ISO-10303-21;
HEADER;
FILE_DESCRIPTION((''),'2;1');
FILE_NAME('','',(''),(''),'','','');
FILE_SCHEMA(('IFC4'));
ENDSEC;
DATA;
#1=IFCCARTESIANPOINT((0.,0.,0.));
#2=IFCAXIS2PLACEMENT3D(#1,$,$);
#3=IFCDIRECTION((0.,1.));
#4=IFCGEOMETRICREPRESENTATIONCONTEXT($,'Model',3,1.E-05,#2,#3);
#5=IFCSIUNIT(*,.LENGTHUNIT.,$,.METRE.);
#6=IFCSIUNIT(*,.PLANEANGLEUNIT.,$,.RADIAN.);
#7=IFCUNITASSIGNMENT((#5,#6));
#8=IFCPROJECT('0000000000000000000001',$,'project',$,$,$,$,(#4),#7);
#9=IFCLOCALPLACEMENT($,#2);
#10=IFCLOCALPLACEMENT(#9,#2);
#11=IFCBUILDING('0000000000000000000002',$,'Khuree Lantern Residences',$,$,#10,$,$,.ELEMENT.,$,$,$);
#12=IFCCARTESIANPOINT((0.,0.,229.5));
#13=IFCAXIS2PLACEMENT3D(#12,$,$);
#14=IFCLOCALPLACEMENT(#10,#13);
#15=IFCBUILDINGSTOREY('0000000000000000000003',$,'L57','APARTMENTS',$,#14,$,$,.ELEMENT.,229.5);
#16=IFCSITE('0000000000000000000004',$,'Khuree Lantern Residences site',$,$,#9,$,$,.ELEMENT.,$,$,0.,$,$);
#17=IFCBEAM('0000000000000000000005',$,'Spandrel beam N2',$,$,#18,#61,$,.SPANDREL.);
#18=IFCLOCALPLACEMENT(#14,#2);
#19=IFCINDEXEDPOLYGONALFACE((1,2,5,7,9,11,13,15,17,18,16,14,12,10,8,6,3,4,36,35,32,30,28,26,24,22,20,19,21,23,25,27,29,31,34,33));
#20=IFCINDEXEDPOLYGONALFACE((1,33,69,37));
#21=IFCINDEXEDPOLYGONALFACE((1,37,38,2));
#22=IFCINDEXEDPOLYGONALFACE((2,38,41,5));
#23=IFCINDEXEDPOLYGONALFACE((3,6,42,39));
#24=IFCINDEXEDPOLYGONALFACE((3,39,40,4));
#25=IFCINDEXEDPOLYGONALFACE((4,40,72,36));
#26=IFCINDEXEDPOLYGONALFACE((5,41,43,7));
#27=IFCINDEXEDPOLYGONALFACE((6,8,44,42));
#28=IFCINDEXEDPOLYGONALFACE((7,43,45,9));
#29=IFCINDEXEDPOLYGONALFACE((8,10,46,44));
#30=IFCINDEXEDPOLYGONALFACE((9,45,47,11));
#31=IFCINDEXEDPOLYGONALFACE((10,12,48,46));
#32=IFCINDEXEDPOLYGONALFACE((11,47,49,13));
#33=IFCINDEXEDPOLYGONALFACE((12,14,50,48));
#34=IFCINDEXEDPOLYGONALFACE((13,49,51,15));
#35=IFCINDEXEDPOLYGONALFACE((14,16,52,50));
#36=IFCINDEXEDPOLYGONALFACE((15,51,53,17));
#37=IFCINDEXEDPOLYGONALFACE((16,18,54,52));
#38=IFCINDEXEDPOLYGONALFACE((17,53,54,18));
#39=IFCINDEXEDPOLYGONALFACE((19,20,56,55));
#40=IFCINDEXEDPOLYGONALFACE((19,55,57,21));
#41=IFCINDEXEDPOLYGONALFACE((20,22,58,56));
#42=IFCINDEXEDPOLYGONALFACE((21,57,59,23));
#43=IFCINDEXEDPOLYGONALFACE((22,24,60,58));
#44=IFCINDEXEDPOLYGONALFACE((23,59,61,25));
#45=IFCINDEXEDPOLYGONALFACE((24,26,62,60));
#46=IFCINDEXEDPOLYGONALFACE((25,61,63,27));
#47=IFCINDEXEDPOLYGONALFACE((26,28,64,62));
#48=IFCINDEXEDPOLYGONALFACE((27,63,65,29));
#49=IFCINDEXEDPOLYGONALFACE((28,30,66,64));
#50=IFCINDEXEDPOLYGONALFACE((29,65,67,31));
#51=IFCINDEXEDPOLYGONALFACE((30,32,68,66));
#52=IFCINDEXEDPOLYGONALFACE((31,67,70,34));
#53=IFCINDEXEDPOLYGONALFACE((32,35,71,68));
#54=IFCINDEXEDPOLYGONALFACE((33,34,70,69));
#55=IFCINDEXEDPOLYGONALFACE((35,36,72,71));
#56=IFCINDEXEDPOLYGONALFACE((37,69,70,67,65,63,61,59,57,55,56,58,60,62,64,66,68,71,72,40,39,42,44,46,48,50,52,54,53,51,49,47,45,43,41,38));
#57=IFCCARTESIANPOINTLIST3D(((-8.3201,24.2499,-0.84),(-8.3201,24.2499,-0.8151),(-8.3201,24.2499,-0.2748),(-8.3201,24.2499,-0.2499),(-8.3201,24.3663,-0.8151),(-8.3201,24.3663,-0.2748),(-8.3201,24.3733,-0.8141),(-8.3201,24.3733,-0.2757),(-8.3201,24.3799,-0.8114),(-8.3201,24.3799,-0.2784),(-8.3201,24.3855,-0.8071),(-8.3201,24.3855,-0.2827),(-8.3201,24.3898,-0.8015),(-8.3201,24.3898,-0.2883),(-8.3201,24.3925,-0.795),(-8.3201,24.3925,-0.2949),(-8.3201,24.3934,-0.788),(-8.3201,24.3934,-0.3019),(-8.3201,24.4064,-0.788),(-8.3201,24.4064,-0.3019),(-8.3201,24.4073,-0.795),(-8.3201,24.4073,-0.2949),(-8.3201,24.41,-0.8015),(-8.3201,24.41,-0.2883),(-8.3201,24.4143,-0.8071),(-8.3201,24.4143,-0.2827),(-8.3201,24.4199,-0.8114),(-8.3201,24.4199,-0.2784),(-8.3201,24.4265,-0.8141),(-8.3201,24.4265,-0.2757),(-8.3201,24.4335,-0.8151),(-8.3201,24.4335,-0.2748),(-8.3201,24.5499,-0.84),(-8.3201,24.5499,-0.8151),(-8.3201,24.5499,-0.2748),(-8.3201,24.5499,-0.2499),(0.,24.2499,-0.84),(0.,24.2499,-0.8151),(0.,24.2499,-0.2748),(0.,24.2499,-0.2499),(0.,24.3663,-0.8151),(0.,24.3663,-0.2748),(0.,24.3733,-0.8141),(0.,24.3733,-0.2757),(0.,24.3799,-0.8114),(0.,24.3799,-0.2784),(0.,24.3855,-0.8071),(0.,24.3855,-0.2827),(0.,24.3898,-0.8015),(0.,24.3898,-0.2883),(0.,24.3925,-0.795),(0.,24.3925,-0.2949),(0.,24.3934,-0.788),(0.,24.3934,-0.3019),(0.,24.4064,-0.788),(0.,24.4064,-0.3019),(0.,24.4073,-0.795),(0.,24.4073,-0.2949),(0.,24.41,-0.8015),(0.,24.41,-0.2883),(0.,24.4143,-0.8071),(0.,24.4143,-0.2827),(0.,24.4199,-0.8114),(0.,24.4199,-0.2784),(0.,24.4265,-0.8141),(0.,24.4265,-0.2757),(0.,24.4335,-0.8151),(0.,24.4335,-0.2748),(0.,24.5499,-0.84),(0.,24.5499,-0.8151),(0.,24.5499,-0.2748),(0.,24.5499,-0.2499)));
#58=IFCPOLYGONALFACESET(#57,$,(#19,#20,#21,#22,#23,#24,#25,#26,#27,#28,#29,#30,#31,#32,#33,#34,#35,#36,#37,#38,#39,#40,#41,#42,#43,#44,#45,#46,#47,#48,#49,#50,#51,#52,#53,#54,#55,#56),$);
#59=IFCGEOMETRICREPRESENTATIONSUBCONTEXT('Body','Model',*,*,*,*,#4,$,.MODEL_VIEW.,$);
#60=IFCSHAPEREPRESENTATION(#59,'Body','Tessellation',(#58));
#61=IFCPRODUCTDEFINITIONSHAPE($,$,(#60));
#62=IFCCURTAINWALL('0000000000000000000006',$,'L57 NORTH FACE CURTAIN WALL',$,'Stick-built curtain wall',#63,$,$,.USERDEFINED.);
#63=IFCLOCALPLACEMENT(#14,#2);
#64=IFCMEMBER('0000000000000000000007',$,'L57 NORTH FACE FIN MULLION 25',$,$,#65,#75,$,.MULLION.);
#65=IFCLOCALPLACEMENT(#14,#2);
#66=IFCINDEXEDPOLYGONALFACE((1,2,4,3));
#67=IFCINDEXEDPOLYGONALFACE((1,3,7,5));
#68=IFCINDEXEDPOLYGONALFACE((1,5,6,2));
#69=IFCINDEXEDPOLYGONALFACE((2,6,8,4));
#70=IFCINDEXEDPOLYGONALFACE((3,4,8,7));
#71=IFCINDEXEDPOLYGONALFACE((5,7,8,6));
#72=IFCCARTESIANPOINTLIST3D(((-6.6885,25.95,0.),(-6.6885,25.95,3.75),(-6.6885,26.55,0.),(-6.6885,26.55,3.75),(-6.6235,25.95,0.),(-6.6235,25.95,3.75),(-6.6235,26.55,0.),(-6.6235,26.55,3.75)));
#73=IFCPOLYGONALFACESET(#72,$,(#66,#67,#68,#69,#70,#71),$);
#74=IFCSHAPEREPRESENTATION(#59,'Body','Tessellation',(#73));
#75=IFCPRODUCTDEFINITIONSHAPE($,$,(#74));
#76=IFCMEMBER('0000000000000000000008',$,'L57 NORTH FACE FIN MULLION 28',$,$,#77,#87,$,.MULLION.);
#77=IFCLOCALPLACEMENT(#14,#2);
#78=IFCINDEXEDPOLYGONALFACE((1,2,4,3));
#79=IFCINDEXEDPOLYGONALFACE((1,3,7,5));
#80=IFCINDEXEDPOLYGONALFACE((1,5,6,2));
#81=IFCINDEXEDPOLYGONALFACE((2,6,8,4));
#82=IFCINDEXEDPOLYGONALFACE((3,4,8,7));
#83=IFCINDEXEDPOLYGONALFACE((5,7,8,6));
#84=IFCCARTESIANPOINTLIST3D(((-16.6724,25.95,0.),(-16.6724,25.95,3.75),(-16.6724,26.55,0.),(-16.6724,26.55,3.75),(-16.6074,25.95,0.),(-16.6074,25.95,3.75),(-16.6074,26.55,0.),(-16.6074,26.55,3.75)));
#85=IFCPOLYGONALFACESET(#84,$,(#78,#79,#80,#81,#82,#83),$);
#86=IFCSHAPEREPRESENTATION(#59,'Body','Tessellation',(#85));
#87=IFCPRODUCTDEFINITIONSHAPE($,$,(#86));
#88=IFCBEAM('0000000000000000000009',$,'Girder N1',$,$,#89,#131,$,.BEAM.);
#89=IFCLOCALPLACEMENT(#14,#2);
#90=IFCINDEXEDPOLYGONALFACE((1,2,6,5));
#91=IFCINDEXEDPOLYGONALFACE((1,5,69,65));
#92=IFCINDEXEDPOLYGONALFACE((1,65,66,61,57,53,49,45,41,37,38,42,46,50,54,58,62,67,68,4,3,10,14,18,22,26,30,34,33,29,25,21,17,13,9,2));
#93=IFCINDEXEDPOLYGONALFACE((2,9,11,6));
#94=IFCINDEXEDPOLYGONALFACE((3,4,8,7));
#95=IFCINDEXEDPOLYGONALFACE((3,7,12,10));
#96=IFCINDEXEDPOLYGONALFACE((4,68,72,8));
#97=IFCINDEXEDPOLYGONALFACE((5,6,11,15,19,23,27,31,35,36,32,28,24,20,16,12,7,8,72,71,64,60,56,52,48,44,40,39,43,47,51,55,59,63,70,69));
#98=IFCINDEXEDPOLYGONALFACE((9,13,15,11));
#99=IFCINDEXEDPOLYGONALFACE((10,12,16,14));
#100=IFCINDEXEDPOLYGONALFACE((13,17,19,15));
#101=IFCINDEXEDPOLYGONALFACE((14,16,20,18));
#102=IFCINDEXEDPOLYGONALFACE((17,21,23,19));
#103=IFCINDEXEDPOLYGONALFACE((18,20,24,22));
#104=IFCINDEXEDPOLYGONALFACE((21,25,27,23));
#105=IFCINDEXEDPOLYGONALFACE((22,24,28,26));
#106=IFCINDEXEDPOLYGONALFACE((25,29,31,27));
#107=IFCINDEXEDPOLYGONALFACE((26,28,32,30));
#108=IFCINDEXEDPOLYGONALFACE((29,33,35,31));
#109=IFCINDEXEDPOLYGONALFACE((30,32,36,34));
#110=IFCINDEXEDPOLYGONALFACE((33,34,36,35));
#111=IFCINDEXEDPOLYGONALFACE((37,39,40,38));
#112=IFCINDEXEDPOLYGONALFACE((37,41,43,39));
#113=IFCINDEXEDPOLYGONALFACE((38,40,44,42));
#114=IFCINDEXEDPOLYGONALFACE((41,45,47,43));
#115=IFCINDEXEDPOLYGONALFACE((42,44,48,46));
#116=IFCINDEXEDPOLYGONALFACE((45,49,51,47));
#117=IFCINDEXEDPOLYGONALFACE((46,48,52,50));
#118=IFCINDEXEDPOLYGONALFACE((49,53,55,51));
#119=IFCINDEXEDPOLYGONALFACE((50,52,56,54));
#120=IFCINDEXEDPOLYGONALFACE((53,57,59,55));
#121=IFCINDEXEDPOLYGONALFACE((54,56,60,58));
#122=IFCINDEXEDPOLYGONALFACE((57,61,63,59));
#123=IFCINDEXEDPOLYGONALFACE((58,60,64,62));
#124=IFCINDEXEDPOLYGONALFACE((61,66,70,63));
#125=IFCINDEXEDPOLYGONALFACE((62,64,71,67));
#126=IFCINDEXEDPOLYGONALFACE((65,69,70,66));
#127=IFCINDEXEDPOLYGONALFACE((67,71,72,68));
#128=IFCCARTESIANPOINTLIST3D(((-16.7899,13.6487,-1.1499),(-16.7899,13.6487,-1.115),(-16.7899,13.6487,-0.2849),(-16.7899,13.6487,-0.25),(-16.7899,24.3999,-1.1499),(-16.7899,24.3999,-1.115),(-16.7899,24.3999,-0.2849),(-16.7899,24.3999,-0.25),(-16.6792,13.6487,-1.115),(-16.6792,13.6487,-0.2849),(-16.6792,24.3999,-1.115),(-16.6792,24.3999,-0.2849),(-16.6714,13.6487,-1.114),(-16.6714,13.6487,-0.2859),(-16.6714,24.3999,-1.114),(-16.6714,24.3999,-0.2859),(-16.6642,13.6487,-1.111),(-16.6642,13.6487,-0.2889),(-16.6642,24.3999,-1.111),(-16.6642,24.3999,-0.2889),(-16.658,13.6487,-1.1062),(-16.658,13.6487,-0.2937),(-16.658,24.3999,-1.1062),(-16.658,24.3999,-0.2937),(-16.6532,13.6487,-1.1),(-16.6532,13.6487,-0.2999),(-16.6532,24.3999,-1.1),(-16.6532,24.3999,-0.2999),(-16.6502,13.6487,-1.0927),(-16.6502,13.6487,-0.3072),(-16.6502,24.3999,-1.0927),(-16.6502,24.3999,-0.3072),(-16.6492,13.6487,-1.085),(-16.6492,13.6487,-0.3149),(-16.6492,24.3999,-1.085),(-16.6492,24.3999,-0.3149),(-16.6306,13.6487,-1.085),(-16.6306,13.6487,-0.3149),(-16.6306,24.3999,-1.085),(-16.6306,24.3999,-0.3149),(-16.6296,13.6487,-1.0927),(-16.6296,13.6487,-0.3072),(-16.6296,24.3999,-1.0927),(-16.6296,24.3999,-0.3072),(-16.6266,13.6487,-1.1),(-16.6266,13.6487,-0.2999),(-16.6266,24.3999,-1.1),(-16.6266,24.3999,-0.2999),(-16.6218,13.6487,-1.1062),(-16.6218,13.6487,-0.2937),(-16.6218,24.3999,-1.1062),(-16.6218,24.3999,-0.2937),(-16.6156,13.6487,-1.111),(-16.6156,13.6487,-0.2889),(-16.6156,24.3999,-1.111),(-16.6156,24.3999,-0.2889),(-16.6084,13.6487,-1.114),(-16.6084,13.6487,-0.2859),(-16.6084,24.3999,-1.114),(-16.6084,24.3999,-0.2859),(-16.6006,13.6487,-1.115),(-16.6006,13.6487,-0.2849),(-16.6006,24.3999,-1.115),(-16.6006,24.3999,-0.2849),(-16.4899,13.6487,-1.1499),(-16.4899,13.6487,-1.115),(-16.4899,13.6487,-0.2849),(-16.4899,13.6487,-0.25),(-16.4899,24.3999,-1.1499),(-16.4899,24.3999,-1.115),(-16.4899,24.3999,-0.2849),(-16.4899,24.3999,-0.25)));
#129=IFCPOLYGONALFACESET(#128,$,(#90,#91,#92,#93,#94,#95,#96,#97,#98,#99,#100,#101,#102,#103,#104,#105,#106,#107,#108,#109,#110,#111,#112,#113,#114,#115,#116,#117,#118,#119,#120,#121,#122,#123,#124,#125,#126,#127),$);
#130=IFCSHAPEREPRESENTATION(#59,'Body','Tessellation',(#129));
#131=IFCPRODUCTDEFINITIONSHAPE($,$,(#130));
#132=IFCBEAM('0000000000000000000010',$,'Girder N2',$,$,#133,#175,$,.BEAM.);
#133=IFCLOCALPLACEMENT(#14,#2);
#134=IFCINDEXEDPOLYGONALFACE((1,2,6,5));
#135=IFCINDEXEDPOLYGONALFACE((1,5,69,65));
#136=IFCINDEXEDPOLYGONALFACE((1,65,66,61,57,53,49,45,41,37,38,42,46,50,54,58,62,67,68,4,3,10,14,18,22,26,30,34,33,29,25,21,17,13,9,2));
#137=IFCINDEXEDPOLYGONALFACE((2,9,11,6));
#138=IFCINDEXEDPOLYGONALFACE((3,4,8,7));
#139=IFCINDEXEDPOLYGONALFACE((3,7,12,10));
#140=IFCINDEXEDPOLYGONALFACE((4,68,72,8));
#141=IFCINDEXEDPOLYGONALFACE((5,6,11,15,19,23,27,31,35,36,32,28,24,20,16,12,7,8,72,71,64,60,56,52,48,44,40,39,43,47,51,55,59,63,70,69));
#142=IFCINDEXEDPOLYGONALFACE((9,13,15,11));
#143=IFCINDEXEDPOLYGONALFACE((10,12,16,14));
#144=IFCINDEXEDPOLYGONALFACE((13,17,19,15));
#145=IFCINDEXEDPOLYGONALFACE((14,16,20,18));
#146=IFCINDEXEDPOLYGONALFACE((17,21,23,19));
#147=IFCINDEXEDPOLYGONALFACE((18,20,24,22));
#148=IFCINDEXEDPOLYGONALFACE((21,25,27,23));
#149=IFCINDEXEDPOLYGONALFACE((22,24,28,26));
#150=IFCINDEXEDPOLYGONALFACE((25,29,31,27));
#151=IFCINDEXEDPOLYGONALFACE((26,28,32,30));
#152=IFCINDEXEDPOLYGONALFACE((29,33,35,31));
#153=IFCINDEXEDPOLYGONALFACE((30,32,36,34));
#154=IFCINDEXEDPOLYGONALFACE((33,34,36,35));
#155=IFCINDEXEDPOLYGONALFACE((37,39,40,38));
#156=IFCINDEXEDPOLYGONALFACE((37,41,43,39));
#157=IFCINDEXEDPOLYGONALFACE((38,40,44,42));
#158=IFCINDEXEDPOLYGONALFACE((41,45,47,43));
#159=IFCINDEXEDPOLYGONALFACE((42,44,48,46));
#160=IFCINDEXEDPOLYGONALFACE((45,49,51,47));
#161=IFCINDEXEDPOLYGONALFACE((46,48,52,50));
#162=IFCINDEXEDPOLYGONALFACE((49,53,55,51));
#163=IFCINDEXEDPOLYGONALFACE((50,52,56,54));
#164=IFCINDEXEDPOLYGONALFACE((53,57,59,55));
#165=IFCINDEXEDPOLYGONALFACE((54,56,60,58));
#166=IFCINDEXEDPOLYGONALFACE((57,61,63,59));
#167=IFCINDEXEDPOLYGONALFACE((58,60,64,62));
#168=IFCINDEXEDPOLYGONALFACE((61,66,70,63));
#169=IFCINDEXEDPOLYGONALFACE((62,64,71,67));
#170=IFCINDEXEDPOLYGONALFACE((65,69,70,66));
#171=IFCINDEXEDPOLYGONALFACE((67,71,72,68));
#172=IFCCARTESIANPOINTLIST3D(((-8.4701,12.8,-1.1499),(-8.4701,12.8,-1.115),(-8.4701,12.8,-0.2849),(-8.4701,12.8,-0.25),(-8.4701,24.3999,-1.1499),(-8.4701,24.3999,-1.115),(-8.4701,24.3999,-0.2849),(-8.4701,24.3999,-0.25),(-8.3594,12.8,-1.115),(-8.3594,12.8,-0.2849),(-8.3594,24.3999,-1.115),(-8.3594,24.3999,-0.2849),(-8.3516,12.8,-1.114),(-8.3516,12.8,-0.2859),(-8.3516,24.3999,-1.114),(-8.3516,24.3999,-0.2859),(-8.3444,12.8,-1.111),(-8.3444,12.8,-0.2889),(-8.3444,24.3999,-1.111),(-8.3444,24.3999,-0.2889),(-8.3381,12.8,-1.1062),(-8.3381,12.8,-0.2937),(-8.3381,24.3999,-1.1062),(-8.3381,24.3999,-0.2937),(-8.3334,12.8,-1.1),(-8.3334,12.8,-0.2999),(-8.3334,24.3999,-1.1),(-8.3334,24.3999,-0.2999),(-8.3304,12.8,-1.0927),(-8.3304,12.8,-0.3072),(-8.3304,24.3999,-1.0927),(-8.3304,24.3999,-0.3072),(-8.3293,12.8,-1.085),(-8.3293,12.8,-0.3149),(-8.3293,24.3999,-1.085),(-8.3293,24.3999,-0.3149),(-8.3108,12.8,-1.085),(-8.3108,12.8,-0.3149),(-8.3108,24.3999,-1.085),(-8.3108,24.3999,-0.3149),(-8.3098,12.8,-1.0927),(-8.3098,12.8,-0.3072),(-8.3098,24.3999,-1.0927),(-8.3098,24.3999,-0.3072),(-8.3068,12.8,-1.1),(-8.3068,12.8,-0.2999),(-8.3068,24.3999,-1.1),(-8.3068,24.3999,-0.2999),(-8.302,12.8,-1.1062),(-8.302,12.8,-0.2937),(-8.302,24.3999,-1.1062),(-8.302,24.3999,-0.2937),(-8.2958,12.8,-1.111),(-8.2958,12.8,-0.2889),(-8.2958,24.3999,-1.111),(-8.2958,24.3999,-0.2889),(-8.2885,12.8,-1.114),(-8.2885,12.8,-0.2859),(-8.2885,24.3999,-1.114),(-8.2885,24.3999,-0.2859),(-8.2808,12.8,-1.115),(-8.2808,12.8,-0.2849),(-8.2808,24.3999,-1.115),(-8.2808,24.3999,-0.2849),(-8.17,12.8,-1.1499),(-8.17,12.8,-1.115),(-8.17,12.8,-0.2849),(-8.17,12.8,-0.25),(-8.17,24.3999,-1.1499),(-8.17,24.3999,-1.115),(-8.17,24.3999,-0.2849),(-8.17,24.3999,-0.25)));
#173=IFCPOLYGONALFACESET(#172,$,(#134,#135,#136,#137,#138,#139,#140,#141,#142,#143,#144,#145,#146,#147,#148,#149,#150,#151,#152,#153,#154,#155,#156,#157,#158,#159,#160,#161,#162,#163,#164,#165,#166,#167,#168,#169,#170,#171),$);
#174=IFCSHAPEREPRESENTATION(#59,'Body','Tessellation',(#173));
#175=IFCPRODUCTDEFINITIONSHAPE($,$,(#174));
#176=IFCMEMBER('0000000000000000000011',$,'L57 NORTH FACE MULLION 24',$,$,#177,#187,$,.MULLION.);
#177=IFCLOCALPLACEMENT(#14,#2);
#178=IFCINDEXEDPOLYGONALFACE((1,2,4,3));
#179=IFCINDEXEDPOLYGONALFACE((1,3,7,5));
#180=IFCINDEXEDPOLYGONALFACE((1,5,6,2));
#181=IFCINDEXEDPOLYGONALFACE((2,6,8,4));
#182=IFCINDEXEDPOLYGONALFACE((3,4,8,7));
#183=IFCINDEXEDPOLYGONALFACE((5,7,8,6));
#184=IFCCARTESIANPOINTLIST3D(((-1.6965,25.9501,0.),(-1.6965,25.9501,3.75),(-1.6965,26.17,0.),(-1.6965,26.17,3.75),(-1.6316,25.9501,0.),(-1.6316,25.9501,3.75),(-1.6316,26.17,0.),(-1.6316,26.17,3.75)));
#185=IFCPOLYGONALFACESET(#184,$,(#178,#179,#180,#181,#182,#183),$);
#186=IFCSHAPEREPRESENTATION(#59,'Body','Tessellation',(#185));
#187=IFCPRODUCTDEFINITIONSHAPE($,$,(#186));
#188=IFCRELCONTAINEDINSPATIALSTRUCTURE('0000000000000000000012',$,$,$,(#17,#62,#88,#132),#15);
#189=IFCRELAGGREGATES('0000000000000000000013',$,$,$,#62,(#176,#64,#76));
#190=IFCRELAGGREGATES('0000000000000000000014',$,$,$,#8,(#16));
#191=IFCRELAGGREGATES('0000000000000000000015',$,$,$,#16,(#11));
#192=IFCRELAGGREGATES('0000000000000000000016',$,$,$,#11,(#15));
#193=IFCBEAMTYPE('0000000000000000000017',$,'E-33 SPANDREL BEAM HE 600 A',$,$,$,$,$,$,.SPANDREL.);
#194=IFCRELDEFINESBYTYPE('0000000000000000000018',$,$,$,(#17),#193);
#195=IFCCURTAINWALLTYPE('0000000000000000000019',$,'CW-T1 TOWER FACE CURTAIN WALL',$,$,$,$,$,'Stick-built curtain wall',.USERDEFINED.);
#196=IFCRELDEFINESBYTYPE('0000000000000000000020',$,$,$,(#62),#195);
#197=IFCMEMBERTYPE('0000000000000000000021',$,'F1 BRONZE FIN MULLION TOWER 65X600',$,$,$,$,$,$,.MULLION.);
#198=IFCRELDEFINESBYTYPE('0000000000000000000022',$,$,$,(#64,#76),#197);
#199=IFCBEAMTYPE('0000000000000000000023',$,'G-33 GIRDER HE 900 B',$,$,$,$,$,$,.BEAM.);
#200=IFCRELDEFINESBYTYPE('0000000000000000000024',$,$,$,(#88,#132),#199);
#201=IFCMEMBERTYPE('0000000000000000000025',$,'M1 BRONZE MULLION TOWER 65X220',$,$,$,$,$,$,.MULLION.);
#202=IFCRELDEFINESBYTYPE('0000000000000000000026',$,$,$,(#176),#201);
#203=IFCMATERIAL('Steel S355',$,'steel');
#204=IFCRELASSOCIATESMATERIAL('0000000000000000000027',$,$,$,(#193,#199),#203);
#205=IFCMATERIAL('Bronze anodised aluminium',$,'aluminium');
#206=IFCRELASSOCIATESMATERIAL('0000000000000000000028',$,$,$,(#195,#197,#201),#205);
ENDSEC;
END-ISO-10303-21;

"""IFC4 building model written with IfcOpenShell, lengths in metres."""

from ifc_helpers import new_model, si_unit, direction, frame, origin, origin_2d, place, context, subcontext, project, spatial, rectangle, i_section, extrude, material, material_profile, profile_set, type_object, element, aggregate, save


model = new_model("IFC4")

# Units and contexts
model_context = context("Model", 3, precision=1e-05, world=origin(), true_north=direction((0.0, 1.0)))
body_context = subcontext(model_context, "Body", "Model", "MODEL_VIEW")
ifc_project = project(units=[si_unit("LENGTHUNIT", "METRE"), si_unit("PLANEANGLEUNIT", "RADIAN")], contexts=[model_context])

# Site, building, storey
site_placement = place(None, origin())
site = spatial("IfcSite", under=ifc_project, at=site_placement, Name="Khuree Lantern Residences site", CompositionType="ELEMENT", RefElevation=0.0)
building_placement = place(site_placement, origin())
building = spatial("IfcBuilding", under=site, at=building_placement, Name="Khuree Lantern Residences", CompositionType="ELEMENT")
storey_placement = place(building_placement, frame((0.0, 0.0, 229.5)))
storey = spatial("IfcBuildingStorey", under=building, at=storey_placement, Name="L57", Description="APARTMENTS", CompositionType="ELEMENT", Elevation=229.5)

# Beam
ifc_material_1 = material(Name="Steel S355", Category="steel")
ifc_material_profile_1 = material_profile(ifc_material_1, i_section(OverallWidth=0.3, OverallDepth=0.5901, WebThickness=0.0129, FlangeThickness=0.0249, FilletRadius=0.0271, at=origin_2d()), Name="HE 600 A")
ifc_profile_set_1 = profile_set([ifc_material_profile_1], Name="Steel S355")
beam_type_1 = type_object("IfcBeamType", Name="E-33 SPANDREL BEAM HE 600 A", PredefinedType="SPANDREL", material=ifc_profile_set_1)
beam_1_placement = place(storey_placement, frame((-8.3201, 24.3999, -0.5449), z_axis=(1.0, 0.0, 0.0), x_axis=(0.0, 1.0, 0.0)))
element("IfcBeam", 1, at=beam_1_placement, inside=storey, type_object=beam_type_1, Name="Spandrel beam N2", PredefinedType="SPANDREL", context=body_context, shape_type="SweptSolid", body=[
    extrude(i_section(OverallWidth=0.3, OverallDepth=0.5901, WebThickness=0.0129, FlangeThickness=0.0249, FilletRadius=0.0271, at=origin_2d()), origin(), (0.0, 0.0, 1.0), 8.3201),
])

# Curtain wall, members
ifc_material_2 = material(Name="Bronze anodised aluminium", Category="aluminium")
curtain_wall_type = type_object("IfcCurtainWallType", Name="CW-T1 TOWER FACE CURTAIN WALL", ElementType="Stick-built curtain wall", PredefinedType="USERDEFINED", material=ifc_material_2)
curtain_wall_placement = place(storey_placement, origin())
curtain_wall = element("IfcCurtainWall", 2, at=curtain_wall_placement, inside=storey, type_object=curtain_wall_type, Name="L57 NORTH FACE CURTAIN WALL", ObjectType="Stick-built curtain wall", PredefinedType="USERDEFINED")
ifc_material_profile_2 = material_profile(ifc_material_2, rectangle(XDim=0.0649, YDim=0.6001, at=origin_2d()), Name="F1 65X600")
ifc_profile_set_2 = profile_set([ifc_material_profile_2], Name="Bronze anodised aluminium")
member_type_1 = type_object("IfcMemberType", Name="F1 BRONZE FIN MULLION TOWER 65X600", PredefinedType="MULLION", material=ifc_profile_set_2)
member_1_placement = place(storey_placement, frame((-6.656, 26.25, 0.0), z_axis=(0.0, 0.0, 1.0), x_axis=(-1.0, 0.0, 0.0)))
member_1 = element("IfcMember", 3, at=member_1_placement, type_object=member_type_1, Name="L57 NORTH FACE FIN MULLION 25", PredefinedType="MULLION", context=body_context, shape_type="SweptSolid", body=[
    extrude(rectangle(XDim=0.0649, YDim=0.6001, at=origin_2d()), origin(), (0.0, 0.0, 1.0), 3.75),
])
member_2_placement = place(storey_placement, frame((-16.6399, 26.25, 0.0), z_axis=(0.0, 0.0, 1.0), x_axis=(-1.0, 0.0, 0.0)))
member_2 = element("IfcMember", 4, at=member_2_placement, type_object=member_type_1, Name="L57 NORTH FACE FIN MULLION 28", PredefinedType="MULLION", context=body_context, shape_type="SweptSolid", body=[
    extrude(rectangle(XDim=0.0649, YDim=0.6001, at=origin_2d()), origin(), (0.0, 0.0, 1.0), 3.75),
])

# Beams
ifc_material_profile_3 = material_profile(ifc_material_1, i_section(OverallWidth=0.3, OverallDepth=0.8999, WebThickness=0.0186, FlangeThickness=0.0349, FilletRadius=0.03, at=origin_2d()), Name="HE 900 B")
ifc_profile_set_3 = profile_set([ifc_material_profile_3], Name="Steel S355")
beam_type_2 = type_object("IfcBeamType", Name="G-33 GIRDER HE 900 B", PredefinedType="BEAM", material=ifc_profile_set_3)
beam_2_placement = place(storey_placement, frame((-16.6399, 24.3999, -0.7), z_axis=(0.0, -1.0, 0.0), x_axis=(1.0, 0.0, 0.0)))
element("IfcBeam", 5, at=beam_2_placement, inside=storey, type_object=beam_type_2, Name="Girder N1", PredefinedType="BEAM", context=body_context, shape_type="SweptSolid", body=[
    extrude(i_section(OverallWidth=0.3, OverallDepth=0.8999, WebThickness=0.0186, FlangeThickness=0.0349, FilletRadius=0.03, at=origin_2d()), origin(), (0.0, 0.0, 1.0), 10.7512),
])
beam_3_placement = place(storey_placement, frame((-8.3201, 24.3999, -0.7), z_axis=(0.0, -1.0, 0.0), x_axis=(1.0, 0.0, 0.0)))
element("IfcBeam", 6, at=beam_3_placement, inside=storey, type_object=beam_type_2, Name="Girder N2", PredefinedType="BEAM", context=body_context, shape_type="SweptSolid", body=[
    extrude(i_section(OverallWidth=0.3, OverallDepth=0.8999, WebThickness=0.0186, FlangeThickness=0.0349, FilletRadius=0.03, at=origin_2d()), origin(), (0.0, 0.0, 1.0), 11.5999),
])

# Member
ifc_material_profile_4 = material_profile(ifc_material_2, rectangle(XDim=0.0649, YDim=0.22, at=origin_2d()), Name="M1 65X220")
ifc_profile_set_4 = profile_set([ifc_material_profile_4], Name="Bronze anodised aluminium")
member_type_2 = type_object("IfcMemberType", Name="M1 BRONZE MULLION TOWER 65X220", PredefinedType="MULLION", material=ifc_profile_set_4)
member_3_placement = place(storey_placement, frame((-1.6641, 26.0601, 0.0), z_axis=(0.0, 0.0, 1.0), x_axis=(-1.0, 0.0, 0.0)))
member_3 = element("IfcMember", 7, at=member_3_placement, type_object=member_type_2, Name="L57 NORTH FACE MULLION 24", PredefinedType="MULLION", context=body_context, shape_type="SweptSolid", body=[
    extrude(rectangle(XDim=0.0649, YDim=0.22, at=origin_2d()), origin(), (0.0, 0.0, 1.0), 3.75),
])

aggregate(curtain_wall, [member_3, member_1, member_2])

save(model, "model.ifc")
